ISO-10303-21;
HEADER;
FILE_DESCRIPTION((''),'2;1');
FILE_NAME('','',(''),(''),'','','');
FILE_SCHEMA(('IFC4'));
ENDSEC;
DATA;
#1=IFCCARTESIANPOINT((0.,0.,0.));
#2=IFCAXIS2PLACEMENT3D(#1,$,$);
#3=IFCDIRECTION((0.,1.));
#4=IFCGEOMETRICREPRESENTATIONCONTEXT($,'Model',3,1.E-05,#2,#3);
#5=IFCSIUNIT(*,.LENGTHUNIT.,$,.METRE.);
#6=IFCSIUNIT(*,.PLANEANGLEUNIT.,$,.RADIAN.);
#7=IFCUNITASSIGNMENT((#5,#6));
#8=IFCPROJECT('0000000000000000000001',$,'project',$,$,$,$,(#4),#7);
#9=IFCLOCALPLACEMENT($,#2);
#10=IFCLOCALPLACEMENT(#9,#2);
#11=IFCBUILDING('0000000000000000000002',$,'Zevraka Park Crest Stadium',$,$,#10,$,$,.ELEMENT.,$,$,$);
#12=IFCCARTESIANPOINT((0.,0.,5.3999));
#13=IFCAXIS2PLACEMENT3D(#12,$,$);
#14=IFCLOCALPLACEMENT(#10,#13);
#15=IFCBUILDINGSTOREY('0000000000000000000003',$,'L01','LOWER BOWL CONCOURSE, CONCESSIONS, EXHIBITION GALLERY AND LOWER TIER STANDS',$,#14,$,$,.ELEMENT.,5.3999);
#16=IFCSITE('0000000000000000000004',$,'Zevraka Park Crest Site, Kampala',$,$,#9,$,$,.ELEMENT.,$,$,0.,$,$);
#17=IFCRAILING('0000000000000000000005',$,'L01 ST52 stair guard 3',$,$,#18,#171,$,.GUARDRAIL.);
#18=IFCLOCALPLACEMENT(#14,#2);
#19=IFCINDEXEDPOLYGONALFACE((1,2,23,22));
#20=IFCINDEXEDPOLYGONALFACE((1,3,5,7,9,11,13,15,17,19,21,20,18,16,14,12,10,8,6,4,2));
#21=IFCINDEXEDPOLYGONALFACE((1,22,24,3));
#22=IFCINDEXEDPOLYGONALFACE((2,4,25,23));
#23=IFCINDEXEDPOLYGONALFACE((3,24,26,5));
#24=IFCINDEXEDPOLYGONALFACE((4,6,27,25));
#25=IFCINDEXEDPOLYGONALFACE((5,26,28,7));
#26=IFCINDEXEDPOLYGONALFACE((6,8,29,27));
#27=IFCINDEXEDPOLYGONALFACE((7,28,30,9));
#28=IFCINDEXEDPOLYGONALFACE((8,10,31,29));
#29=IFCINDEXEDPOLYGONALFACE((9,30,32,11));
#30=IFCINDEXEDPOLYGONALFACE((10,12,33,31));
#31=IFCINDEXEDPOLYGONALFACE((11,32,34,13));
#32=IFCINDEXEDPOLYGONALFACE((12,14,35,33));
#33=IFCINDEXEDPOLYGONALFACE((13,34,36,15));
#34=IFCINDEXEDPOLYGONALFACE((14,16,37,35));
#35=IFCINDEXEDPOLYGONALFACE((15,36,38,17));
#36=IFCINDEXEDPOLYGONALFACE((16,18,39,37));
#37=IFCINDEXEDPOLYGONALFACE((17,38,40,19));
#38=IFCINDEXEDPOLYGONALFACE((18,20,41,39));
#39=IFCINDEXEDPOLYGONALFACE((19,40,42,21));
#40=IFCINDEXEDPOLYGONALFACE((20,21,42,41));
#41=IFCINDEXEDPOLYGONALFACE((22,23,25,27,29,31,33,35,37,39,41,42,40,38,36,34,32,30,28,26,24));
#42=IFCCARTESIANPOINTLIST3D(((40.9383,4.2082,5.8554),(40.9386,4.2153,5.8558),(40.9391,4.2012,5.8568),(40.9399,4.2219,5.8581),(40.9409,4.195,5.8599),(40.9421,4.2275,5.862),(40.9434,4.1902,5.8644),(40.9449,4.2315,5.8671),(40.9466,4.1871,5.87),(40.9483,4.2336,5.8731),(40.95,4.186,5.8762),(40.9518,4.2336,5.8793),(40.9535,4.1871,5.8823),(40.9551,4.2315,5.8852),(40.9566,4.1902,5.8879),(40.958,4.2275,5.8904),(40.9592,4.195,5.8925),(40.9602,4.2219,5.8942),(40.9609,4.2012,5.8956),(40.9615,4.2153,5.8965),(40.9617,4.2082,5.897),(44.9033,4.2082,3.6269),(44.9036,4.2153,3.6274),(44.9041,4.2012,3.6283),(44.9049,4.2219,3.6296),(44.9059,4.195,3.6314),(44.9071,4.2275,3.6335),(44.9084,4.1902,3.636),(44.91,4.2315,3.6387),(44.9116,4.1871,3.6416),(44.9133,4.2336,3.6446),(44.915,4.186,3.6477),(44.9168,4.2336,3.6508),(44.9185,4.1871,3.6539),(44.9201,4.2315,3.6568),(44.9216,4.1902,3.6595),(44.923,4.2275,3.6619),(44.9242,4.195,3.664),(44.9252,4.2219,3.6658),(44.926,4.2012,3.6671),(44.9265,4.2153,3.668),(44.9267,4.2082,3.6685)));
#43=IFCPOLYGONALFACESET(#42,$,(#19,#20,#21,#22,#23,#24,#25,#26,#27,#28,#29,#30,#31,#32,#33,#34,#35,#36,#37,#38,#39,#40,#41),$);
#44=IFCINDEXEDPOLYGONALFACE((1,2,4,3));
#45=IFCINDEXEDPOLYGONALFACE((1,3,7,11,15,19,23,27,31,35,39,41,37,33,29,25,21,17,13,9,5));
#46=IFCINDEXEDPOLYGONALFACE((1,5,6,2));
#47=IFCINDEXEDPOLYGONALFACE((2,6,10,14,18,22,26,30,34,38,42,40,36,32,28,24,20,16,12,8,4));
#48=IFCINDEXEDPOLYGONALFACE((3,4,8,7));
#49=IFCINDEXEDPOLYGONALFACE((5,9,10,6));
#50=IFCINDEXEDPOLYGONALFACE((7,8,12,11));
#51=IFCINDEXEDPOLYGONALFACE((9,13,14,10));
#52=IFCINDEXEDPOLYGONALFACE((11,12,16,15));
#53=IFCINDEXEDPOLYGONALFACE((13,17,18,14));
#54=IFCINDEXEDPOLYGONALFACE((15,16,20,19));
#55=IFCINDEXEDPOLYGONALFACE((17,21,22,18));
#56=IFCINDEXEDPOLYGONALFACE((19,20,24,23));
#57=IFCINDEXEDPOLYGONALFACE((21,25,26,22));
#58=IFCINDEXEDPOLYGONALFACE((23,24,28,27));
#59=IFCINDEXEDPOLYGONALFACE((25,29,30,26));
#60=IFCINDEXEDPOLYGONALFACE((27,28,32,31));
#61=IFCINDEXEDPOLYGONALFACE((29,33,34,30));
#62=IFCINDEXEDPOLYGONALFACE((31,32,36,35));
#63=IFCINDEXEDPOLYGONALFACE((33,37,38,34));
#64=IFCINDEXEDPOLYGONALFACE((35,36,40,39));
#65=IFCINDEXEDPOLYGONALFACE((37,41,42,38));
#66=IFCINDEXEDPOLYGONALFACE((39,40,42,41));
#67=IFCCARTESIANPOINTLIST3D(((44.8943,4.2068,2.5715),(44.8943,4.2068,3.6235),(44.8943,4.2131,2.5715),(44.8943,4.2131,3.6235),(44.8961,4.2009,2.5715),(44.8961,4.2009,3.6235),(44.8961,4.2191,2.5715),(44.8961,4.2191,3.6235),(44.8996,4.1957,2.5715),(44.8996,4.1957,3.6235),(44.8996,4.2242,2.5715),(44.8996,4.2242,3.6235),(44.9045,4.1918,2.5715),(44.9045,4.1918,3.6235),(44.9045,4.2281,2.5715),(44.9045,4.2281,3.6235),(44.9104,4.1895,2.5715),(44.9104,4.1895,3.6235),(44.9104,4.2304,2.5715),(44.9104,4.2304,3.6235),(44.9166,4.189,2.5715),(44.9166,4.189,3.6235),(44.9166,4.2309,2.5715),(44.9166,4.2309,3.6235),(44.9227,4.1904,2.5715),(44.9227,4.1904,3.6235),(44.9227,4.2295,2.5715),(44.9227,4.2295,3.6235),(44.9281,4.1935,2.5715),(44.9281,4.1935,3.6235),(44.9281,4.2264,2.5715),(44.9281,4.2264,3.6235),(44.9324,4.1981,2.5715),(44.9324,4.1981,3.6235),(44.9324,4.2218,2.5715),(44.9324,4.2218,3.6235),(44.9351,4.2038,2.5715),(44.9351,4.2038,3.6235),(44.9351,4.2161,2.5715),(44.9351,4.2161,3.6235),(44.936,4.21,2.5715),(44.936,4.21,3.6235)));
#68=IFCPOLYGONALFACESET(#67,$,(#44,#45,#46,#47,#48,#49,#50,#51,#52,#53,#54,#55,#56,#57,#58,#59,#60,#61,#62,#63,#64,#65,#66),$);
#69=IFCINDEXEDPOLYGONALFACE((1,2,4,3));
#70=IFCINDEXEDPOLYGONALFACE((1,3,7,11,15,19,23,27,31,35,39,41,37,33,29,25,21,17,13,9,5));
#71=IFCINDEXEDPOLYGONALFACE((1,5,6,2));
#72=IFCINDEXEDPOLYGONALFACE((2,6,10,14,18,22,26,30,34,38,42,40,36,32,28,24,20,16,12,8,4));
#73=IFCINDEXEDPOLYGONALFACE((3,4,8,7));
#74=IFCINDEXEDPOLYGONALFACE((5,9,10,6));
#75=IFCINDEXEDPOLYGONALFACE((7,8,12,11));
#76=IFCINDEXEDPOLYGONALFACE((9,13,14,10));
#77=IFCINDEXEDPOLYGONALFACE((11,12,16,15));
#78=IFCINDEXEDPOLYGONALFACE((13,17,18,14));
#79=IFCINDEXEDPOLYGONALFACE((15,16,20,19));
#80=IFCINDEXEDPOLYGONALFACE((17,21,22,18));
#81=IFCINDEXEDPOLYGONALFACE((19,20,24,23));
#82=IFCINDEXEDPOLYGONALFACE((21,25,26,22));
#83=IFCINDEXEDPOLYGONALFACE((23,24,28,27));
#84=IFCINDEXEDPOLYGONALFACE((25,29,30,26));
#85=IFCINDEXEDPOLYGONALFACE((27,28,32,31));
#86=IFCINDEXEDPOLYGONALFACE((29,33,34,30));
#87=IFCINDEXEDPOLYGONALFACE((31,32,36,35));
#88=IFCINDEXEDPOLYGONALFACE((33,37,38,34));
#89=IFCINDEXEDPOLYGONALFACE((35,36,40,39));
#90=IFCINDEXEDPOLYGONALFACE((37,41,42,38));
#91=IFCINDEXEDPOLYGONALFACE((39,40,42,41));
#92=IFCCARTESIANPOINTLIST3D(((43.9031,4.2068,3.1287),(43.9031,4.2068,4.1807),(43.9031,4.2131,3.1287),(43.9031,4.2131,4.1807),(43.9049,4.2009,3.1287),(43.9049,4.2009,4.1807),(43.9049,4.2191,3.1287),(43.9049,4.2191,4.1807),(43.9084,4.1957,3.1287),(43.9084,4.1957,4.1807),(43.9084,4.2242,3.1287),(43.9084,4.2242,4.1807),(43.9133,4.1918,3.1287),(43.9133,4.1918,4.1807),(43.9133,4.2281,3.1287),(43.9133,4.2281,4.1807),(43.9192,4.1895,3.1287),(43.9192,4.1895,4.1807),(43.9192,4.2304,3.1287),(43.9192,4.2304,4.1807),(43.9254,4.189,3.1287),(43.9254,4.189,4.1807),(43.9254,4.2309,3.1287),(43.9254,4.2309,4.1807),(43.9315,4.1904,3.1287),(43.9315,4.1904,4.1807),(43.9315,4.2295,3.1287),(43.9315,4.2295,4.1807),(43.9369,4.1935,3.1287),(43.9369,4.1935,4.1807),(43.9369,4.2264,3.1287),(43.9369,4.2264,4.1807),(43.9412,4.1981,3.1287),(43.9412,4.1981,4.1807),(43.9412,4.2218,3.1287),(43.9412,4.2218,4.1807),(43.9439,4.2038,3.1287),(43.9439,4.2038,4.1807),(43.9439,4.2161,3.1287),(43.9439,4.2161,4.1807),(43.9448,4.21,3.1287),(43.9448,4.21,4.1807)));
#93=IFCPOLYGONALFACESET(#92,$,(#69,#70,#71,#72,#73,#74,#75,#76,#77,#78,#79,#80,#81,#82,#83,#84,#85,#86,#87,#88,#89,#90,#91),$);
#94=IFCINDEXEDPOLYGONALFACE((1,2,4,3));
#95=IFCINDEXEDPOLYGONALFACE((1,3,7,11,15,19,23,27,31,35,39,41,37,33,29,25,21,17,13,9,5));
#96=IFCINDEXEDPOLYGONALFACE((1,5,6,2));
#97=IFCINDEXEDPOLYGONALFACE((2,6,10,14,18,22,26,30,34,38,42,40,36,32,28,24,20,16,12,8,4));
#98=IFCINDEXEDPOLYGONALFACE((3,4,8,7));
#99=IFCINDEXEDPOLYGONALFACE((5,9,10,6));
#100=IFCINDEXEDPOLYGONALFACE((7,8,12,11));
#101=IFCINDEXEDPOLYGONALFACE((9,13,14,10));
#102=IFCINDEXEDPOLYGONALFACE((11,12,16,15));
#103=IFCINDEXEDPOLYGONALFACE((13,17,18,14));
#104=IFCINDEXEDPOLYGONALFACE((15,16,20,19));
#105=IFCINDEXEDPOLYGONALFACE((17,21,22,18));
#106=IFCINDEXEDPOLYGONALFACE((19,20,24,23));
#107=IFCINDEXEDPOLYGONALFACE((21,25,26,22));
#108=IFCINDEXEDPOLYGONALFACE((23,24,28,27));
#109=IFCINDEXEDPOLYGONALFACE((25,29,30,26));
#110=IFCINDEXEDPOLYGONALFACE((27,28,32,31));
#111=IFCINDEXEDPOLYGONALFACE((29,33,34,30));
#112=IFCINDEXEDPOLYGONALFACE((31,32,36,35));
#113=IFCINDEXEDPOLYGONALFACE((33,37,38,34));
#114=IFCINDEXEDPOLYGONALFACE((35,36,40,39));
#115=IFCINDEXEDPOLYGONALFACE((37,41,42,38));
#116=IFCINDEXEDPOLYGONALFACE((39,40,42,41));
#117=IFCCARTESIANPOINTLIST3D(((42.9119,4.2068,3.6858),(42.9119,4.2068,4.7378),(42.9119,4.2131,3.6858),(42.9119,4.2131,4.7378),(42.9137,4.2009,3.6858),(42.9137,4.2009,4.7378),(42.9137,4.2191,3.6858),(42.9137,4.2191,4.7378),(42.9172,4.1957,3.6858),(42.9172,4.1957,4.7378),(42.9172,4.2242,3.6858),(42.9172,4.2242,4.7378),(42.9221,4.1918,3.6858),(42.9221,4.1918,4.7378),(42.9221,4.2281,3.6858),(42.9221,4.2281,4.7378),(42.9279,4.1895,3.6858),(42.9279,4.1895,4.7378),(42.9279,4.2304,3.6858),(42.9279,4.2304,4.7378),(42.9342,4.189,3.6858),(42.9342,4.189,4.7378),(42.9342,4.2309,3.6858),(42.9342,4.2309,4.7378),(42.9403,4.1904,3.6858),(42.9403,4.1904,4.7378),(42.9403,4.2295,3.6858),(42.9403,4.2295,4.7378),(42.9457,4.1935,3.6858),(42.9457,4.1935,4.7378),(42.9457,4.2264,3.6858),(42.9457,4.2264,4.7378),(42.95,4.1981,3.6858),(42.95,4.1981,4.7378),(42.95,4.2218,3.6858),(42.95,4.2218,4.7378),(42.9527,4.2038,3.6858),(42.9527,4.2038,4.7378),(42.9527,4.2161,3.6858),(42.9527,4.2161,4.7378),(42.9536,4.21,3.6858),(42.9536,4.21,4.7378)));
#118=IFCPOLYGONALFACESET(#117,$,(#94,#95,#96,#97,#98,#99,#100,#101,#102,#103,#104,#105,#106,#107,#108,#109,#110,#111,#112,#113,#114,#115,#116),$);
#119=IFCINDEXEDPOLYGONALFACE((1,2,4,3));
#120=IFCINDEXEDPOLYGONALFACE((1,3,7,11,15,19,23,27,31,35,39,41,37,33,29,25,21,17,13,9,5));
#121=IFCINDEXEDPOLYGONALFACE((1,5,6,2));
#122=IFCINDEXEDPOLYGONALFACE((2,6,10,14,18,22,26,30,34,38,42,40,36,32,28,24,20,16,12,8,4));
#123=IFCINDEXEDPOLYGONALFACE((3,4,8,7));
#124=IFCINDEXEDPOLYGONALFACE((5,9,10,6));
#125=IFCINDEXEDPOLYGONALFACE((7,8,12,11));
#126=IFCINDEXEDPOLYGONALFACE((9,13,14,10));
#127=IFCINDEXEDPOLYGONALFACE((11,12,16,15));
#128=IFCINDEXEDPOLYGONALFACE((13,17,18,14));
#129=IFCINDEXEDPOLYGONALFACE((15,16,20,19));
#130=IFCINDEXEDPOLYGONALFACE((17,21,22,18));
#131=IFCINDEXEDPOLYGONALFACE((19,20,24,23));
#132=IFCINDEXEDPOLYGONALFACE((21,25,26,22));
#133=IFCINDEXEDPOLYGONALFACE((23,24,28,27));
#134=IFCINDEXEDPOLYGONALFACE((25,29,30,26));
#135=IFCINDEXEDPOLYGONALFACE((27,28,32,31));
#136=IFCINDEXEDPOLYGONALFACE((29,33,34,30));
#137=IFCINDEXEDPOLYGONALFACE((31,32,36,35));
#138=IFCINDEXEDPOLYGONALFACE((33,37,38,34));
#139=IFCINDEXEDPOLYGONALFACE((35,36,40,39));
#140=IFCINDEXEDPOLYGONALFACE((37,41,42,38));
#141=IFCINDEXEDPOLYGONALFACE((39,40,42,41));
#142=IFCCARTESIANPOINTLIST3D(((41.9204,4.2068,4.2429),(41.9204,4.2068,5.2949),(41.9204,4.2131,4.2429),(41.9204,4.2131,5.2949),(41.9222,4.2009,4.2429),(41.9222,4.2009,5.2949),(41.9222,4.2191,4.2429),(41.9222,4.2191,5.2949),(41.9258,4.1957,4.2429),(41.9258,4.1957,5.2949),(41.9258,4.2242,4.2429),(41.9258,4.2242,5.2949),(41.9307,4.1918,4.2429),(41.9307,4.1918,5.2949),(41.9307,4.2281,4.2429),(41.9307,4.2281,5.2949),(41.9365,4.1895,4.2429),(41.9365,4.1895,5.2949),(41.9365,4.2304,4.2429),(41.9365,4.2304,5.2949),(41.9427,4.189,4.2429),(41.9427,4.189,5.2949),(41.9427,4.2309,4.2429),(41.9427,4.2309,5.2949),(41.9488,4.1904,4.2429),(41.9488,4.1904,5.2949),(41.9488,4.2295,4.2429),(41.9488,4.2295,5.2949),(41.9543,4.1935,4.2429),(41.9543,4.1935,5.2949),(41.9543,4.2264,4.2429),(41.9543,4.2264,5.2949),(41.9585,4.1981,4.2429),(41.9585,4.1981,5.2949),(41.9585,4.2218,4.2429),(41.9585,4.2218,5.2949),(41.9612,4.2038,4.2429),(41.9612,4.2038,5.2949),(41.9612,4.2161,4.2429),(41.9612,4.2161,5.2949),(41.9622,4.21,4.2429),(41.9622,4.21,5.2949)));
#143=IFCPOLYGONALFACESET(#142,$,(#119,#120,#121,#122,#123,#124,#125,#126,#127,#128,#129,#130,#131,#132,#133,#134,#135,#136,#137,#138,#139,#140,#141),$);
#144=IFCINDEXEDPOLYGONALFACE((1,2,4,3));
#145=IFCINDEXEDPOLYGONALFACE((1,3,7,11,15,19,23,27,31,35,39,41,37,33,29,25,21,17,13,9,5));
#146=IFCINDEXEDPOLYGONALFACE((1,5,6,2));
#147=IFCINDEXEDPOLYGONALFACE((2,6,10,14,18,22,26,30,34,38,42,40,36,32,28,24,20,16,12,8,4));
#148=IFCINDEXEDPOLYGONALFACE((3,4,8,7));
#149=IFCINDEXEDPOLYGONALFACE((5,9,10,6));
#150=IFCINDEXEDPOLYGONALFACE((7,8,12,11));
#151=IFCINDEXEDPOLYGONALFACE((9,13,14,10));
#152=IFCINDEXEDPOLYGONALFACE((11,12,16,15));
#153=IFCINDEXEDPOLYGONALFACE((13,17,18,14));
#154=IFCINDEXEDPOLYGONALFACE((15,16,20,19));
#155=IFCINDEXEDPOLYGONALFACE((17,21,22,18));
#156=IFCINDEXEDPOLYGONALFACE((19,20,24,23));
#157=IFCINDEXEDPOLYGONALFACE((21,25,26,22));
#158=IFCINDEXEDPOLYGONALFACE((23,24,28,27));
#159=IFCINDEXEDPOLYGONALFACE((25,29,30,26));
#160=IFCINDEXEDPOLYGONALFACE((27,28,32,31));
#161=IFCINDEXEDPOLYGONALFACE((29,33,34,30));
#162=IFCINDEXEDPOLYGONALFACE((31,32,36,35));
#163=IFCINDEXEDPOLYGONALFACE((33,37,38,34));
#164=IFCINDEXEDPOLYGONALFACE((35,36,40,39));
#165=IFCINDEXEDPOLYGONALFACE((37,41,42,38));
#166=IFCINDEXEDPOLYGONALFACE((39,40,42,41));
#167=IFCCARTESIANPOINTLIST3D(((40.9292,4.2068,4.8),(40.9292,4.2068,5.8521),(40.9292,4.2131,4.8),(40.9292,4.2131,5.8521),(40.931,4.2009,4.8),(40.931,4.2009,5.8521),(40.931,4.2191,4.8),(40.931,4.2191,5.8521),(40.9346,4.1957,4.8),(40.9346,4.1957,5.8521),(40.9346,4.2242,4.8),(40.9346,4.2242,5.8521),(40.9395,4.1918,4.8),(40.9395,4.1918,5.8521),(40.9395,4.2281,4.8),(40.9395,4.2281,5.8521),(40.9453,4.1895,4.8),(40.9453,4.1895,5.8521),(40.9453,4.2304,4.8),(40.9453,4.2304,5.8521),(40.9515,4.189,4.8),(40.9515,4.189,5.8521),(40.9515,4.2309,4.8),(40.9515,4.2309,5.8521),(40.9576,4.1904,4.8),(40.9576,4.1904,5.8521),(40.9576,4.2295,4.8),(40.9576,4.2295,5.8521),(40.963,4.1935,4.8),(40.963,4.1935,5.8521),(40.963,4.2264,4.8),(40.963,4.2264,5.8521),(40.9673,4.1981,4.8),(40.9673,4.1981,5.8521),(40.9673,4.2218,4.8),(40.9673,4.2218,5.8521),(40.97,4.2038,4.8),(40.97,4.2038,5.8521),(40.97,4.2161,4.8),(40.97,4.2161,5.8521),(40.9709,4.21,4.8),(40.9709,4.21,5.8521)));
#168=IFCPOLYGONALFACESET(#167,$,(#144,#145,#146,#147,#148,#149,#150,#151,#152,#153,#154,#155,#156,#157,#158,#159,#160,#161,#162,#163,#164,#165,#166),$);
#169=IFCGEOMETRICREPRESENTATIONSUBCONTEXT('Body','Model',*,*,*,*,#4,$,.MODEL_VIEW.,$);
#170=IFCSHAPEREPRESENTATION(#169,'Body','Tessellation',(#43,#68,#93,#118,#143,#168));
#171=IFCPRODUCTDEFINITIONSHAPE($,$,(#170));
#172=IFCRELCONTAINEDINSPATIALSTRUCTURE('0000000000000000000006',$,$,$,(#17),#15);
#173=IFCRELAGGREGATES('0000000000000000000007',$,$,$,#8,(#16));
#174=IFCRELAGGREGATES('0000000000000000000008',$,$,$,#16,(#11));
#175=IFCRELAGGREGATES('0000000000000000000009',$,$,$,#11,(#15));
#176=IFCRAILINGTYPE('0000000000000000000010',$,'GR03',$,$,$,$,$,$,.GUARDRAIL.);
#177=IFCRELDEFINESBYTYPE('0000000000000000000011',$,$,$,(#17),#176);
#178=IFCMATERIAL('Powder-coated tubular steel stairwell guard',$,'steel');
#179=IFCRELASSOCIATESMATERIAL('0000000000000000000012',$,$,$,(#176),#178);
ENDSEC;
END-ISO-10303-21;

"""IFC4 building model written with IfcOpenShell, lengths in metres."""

from ifc_helpers import new_model, si_unit, direction, frame, origin, origin_2d, place, context, subcontext, project, spatial, circle, extrude, material, type_object, element, save


model = new_model("IFC4")

# Units and contexts
model_context = context("Model", 3, precision=1e-05, world=origin(), true_north=direction((0.0, 1.0)))
body_context = subcontext(model_context, "Body", "Model", "MODEL_VIEW")
ifc_project = project(units=[si_unit("LENGTHUNIT", "METRE"), si_unit("PLANEANGLEUNIT", "RADIAN")], contexts=[model_context])

# Site, building, storey
site_placement = place(None, origin())
site = spatial("IfcSite", under=ifc_project, at=site_placement, Name="Zevraka Park Crest Site, Kampala", CompositionType="ELEMENT", RefElevation=0.0)
building_placement = place(site_placement, origin())
building = spatial("IfcBuilding", under=site, at=building_placement, Name="Zevraka Park Crest Stadium", CompositionType="ELEMENT")
storey_placement = place(building_placement, frame((0.0, 0.0, 5.3999)))
storey = spatial("IfcBuildingStorey", under=building, at=storey_placement, Name="L01", Description="LOWER BOWL CONCOURSE, CONCESSIONS, EXHIBITION GALLERY AND LOWER TIER STANDS", CompositionType="ELEMENT", Elevation=5.3999)

# Railing
ifc_material_1 = material(Name="Powder-coated tubular steel stairwell guard", Category="steel")
railing_type_1 = type_object("IfcRailingType", Name="GR03", PredefinedType="GUARDRAIL", material=ifc_material_1)
railing_1_placement = place(storey_placement, frame((44.915, 4.21, 2.5715)))
element("IfcRailing", 1, at=railing_1_placement, inside=storey, type_object=railing_type_1, Name="L01 ST52 stair guard 3", PredefinedType="GUARDRAIL", context=body_context, shape_type="SweptSolid", body=[
    extrude(circle(Radius=0.0239, at=origin_2d()), frame((0.0, 0.0, 1.0762), z_axis=(-0.871749, 0.0, 0.489953), x_axis=(0.0, -1.0, 0.0)), (0.0, 0.0, 1.0), 4.5483),
    extrude(circle(Radius=0.021, at=origin_2d()), origin(), (0.0, 0.0, 1.0), 1.052),
    extrude(circle(Radius=0.021, at=origin_2d()), frame((-0.9912, 0.0, 0.5571)), (0.0, 0.0, 1.0), 1.052),
    extrude(circle(Radius=0.021, at=origin_2d()), frame((-1.9824, 0.0, 1.1143)), (0.0, 0.0, 1.0), 1.052),
    extrude(circle(Radius=0.021, at=origin_2d()), frame((-2.9739, 0.0, 1.6714)), (0.0, 0.0, 1.0), 1.052),
    extrude(circle(Radius=0.021, at=origin_2d()), frame((-3.9651, 0.0, 2.2285)), (0.0, 0.0, 1.0), 1.052),
])

save(model, "model.ifc")
